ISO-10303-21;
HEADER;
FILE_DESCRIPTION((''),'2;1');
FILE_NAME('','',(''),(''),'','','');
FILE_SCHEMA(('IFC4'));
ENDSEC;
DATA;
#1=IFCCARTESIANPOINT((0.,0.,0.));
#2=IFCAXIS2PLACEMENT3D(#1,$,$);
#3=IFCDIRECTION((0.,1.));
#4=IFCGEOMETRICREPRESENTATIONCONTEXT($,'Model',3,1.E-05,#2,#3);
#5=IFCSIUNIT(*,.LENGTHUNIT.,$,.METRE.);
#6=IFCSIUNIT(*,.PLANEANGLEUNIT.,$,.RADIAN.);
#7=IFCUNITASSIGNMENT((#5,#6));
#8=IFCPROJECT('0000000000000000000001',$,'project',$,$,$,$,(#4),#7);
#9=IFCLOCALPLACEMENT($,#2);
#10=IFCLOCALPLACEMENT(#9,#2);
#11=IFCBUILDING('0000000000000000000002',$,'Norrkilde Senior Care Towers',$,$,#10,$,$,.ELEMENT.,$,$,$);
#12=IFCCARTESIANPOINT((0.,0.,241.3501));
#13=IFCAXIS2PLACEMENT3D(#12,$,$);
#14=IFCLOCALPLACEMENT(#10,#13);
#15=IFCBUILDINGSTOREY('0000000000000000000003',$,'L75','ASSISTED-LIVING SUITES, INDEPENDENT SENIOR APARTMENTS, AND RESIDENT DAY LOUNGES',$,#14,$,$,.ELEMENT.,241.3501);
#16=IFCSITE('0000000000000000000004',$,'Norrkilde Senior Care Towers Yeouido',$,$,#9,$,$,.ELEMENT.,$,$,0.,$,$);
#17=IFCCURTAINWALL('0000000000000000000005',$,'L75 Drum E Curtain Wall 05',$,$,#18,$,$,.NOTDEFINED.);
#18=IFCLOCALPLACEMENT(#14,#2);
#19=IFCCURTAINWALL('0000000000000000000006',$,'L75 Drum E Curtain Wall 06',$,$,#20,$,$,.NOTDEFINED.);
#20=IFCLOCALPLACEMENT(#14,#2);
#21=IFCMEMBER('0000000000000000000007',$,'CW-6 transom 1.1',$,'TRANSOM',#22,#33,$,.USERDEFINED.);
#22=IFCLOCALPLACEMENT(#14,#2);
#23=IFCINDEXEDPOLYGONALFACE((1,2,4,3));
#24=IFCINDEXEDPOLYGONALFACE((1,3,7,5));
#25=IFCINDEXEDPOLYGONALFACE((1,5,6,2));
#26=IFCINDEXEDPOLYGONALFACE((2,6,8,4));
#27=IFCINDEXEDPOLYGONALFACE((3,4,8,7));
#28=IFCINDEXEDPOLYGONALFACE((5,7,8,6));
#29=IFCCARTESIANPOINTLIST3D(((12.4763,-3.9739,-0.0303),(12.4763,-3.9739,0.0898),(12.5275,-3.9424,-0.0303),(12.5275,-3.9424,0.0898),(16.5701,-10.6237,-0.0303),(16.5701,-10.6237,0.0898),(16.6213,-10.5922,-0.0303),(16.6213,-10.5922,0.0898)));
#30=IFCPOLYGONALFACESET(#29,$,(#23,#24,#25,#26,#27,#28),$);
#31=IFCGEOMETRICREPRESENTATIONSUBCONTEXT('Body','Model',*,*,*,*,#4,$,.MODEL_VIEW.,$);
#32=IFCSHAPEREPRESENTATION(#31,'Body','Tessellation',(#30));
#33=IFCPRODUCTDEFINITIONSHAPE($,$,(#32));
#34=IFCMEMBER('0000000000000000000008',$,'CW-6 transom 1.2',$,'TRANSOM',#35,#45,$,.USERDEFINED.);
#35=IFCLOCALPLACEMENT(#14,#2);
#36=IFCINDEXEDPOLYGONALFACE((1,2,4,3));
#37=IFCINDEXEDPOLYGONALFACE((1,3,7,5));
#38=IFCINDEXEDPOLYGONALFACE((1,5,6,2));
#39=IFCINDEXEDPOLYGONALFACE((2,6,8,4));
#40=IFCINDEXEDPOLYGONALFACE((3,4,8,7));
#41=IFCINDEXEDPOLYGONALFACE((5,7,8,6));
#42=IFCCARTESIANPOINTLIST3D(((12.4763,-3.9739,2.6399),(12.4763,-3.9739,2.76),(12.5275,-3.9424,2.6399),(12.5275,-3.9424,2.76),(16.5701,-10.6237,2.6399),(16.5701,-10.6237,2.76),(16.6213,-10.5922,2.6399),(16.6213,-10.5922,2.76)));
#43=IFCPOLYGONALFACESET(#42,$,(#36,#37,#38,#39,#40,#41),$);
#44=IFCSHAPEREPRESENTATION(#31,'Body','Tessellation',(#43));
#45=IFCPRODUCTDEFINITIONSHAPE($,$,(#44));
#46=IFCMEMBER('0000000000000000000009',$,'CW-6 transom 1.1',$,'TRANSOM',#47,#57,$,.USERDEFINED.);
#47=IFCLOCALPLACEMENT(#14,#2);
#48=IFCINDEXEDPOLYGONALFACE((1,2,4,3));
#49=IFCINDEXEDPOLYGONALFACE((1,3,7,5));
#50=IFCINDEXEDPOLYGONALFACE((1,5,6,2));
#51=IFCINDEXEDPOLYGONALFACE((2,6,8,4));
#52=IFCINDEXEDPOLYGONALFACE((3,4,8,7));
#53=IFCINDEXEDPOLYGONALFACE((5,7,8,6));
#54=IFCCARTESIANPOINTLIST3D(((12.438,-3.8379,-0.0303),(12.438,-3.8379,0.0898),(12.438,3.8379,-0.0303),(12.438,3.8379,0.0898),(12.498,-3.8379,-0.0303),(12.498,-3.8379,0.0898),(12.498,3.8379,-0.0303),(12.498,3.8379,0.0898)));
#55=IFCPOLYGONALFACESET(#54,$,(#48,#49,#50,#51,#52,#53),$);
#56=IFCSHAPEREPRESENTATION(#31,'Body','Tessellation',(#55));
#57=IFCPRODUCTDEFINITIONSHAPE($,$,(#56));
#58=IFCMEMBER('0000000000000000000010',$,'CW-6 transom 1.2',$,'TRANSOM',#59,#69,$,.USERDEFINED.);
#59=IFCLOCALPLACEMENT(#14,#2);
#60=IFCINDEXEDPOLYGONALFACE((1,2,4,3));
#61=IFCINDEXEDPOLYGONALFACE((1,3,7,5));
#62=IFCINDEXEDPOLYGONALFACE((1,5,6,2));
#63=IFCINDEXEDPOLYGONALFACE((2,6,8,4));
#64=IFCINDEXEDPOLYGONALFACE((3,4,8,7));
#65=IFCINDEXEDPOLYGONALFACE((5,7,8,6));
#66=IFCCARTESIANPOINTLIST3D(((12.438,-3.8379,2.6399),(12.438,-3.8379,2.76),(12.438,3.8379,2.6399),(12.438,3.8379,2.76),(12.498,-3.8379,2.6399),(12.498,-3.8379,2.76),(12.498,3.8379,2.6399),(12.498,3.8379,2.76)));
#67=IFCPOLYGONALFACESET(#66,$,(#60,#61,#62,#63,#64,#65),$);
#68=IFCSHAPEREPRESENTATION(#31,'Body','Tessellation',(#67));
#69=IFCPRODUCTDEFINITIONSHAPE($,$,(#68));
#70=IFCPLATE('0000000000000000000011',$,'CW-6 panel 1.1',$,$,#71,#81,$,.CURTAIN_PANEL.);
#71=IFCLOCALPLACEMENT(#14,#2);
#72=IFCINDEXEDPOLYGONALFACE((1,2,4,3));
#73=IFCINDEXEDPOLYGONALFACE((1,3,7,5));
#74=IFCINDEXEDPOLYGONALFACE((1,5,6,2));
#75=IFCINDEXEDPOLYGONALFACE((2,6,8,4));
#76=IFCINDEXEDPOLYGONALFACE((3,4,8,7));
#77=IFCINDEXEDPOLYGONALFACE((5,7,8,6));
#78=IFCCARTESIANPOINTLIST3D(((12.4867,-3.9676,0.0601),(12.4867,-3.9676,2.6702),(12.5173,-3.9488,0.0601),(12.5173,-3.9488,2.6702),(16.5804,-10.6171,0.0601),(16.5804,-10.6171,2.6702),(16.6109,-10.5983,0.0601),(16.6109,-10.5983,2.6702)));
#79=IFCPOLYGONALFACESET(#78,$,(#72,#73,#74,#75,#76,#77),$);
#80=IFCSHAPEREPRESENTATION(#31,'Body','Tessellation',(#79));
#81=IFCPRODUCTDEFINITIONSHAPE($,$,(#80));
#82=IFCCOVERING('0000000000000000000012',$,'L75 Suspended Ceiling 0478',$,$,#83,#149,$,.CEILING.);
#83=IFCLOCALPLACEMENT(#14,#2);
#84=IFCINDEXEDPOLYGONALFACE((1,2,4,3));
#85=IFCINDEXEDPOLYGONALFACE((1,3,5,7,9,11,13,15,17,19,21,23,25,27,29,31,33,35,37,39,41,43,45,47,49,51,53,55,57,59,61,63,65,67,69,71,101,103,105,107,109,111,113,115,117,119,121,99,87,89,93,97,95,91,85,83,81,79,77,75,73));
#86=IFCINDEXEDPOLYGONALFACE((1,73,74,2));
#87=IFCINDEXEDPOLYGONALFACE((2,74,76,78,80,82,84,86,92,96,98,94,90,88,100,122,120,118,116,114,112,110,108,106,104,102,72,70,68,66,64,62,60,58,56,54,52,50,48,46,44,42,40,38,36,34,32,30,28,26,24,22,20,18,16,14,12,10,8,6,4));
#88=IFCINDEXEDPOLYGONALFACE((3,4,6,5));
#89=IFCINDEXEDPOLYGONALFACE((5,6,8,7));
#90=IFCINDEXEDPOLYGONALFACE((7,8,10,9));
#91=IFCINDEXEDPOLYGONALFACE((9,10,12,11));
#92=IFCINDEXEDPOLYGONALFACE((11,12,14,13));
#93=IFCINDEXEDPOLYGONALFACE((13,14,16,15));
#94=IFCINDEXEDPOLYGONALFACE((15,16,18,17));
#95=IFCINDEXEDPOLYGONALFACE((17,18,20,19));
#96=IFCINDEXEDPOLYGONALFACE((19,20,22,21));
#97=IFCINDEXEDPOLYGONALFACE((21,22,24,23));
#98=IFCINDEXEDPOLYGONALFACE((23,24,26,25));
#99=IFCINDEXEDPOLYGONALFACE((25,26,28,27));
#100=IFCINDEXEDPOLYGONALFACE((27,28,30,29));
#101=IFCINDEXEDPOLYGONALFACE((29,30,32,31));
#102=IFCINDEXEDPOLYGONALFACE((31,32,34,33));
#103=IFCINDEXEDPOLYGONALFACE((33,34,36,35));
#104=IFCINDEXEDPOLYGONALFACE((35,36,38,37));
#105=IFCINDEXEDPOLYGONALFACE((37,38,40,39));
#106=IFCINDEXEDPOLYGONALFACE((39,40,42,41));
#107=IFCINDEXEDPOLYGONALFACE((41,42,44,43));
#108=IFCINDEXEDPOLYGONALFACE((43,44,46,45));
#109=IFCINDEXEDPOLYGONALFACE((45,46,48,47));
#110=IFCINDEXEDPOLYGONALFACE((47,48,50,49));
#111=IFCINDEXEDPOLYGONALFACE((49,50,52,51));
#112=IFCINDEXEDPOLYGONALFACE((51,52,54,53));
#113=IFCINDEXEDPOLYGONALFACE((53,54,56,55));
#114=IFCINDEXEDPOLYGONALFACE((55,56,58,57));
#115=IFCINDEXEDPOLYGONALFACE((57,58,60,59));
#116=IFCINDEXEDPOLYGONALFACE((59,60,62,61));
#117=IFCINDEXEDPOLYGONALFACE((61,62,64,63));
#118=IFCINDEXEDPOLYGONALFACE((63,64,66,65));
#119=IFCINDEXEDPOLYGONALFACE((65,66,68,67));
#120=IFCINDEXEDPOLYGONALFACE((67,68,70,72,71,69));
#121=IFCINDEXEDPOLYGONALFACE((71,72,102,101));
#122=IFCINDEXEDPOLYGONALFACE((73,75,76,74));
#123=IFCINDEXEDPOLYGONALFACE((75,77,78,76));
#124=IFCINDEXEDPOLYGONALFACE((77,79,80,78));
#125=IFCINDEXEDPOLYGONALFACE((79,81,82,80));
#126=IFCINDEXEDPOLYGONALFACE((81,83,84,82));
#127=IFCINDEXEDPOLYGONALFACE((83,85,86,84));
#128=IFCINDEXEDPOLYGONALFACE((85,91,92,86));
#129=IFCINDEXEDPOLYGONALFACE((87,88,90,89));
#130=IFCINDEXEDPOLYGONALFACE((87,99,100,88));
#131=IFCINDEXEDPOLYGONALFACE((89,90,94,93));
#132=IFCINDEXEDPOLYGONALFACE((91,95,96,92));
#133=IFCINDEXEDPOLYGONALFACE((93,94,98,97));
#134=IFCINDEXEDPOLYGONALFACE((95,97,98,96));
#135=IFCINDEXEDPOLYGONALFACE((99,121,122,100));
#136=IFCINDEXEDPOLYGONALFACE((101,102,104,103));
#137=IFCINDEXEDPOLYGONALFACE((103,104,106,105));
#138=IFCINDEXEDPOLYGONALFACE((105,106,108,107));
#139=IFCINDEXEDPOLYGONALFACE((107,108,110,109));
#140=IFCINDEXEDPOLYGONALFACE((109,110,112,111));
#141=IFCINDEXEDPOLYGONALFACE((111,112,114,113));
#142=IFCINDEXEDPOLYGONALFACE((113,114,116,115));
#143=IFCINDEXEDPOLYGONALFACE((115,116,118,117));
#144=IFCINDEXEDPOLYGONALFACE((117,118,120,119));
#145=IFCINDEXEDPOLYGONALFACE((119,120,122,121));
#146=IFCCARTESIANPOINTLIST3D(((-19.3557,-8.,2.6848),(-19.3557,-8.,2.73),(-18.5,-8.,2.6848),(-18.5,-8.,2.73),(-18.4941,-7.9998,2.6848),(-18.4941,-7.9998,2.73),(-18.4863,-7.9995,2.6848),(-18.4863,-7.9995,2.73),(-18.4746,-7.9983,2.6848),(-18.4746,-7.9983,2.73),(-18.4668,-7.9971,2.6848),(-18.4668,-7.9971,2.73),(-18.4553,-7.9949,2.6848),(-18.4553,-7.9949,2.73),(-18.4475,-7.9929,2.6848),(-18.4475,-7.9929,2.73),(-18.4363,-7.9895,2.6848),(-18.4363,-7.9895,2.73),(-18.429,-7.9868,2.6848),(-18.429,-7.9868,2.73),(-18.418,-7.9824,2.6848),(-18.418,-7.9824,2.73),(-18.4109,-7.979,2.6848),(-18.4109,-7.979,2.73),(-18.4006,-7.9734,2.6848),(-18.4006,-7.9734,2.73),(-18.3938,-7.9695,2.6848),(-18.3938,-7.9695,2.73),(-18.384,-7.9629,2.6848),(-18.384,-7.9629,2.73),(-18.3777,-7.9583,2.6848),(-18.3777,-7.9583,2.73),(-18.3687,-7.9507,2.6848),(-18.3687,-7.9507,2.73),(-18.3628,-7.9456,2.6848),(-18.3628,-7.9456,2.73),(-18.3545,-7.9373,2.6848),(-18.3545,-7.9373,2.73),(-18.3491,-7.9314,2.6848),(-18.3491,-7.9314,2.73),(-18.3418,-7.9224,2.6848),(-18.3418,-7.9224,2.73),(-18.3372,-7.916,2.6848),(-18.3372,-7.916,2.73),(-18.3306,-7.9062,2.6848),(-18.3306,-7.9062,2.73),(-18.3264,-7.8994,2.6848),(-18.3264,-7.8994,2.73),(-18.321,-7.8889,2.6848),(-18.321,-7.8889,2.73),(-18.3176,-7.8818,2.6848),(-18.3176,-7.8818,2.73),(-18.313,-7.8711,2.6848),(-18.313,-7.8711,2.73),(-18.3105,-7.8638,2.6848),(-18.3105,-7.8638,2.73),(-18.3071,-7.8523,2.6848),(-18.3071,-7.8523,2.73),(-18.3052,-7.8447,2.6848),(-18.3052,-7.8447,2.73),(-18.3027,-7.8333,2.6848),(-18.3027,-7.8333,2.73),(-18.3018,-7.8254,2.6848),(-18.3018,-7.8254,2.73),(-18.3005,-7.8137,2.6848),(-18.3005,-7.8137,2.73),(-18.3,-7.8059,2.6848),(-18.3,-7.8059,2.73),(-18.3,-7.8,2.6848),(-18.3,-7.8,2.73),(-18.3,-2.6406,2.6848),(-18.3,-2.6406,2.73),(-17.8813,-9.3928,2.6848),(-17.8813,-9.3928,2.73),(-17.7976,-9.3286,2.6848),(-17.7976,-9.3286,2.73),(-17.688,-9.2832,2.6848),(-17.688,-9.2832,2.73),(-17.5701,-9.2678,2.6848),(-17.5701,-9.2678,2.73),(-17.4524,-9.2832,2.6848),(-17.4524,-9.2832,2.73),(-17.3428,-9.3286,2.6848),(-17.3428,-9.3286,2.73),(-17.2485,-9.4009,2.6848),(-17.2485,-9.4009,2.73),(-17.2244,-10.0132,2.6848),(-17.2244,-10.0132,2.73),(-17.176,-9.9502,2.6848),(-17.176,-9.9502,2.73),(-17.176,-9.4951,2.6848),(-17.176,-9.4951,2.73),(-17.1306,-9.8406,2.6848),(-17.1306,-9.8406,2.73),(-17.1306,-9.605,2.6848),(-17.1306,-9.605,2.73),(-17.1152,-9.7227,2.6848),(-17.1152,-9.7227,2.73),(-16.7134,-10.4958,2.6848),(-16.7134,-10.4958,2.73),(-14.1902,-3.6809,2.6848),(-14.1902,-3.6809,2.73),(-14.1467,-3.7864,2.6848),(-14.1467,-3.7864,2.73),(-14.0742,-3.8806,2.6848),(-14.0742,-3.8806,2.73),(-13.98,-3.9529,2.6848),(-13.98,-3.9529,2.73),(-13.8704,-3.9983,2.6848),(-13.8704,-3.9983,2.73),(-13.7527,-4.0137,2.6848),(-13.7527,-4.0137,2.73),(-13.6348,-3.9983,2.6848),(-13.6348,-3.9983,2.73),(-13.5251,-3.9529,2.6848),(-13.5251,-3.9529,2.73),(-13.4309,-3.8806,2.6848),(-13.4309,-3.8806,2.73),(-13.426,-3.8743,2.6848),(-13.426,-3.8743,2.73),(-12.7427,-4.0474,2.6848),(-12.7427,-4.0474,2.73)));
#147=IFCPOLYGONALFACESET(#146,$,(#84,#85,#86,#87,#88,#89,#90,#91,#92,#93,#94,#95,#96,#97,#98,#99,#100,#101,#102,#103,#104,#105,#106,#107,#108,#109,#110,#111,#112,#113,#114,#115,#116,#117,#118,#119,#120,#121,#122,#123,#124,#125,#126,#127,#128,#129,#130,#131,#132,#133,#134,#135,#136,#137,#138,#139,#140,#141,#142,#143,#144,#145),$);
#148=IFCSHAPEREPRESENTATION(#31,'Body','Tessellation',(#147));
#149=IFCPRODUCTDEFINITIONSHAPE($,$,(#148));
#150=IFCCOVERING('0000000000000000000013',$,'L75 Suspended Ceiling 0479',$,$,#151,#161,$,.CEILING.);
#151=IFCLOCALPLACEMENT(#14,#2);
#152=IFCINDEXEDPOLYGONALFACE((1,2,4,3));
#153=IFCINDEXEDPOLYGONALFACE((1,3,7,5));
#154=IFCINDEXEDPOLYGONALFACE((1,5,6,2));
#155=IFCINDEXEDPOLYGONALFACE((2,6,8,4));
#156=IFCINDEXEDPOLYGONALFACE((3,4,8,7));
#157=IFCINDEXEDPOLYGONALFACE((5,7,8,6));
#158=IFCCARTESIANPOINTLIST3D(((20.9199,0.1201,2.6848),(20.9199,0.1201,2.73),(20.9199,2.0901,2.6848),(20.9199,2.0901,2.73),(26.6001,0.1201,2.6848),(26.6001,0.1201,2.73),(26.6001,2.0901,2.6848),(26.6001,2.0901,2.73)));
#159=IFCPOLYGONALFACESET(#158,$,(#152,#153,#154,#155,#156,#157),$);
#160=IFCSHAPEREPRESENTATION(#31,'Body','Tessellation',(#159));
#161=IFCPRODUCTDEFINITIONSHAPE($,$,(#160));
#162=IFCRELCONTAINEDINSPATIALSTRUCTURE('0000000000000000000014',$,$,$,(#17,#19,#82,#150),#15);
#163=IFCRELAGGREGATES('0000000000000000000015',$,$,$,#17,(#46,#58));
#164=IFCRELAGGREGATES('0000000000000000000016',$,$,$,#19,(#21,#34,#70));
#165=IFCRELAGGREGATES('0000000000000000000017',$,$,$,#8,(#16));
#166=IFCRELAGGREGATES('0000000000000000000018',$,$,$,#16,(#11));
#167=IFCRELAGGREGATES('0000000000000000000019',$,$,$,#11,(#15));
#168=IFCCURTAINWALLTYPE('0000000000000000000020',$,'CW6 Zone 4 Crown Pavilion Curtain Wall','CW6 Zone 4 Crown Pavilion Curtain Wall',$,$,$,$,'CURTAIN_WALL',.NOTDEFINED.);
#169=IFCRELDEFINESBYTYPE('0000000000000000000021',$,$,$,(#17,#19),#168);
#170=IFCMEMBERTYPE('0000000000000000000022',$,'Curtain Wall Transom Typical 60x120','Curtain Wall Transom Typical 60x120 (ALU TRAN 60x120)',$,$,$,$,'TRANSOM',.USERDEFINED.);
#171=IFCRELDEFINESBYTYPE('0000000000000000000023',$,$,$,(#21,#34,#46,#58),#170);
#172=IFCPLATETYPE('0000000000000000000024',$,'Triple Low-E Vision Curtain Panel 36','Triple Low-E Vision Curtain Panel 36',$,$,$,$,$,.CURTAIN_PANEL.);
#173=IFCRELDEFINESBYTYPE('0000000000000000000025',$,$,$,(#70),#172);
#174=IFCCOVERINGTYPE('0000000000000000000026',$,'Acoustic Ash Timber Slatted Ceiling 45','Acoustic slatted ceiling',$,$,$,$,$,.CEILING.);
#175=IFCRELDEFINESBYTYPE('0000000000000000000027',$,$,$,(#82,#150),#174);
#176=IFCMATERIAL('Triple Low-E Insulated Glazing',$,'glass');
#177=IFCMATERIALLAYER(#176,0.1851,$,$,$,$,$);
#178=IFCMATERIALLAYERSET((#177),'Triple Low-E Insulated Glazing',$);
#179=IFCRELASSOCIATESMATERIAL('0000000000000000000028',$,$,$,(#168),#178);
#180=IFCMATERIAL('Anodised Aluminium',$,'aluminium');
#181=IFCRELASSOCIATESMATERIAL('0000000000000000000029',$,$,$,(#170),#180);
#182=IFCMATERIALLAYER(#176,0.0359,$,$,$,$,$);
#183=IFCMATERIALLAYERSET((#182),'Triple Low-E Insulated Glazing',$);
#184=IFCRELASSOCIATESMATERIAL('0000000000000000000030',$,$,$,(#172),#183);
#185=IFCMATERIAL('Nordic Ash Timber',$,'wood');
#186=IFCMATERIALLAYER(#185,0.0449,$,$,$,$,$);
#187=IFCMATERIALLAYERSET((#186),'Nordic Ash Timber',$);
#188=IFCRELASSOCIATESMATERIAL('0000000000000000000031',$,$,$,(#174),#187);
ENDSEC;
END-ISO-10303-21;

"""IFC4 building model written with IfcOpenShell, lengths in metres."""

from ifc_helpers import new_model, si_unit, direction, frame, origin, origin_2d, place, context, subcontext, project, spatial, polyline, rectangle, outline, extrude, source, transform, mapped, material, layer, layer_set, material_profile, profile_set, type_object, type_shapes, element, aggregate, save


model = new_model("IFC4")

# Units and contexts
model_context = context("Model", 3, precision=1e-05, world=origin(), true_north=direction((0.0, 1.0)))
body_context = subcontext(model_context, "Body", "Model", "MODEL_VIEW")
ifc_project = project(units=[si_unit("LENGTHUNIT", "METRE"), si_unit("PLANEANGLEUNIT", "RADIAN")], contexts=[model_context])

# Site, building, storey
site_placement = place(None, origin())
site = spatial("IfcSite", under=ifc_project, at=site_placement, Name="Norrkilde Senior Care Towers Yeouido", CompositionType="ELEMENT", RefElevation=0.0)
building_placement = place(site_placement, origin())
building = spatial("IfcBuilding", under=site, at=building_placement, Name="Norrkilde Senior Care Towers", CompositionType="ELEMENT")
storey_placement = place(building_placement, frame((0.0, 0.0, 241.3501)))
storey = spatial("IfcBuildingStorey", under=building, at=storey_placement, Name="L75", Description="ASSISTED-LIVING SUITES, INDEPENDENT SENIOR APARTMENTS, AND RESIDENT DAY LOUNGES", CompositionType="ELEMENT", Elevation=241.3501)

# Curtain wall
ifc_material_1 = material(Name="Triple Low-E Insulated Glazing", Category="glass")
ifc_layer_1 = layer(ifc_material_1, 0.1851)
ifc_layer_set_1 = layer_set([ifc_layer_1], Name="Triple Low-E Insulated Glazing")
curtain_wall_type = type_object("IfcCurtainWallType", Name="CW6 Zone 4 Crown Pavilion Curtain Wall", Description="CW6 Zone 4 Crown Pavilion Curtain Wall", ElementType="CURTAIN_WALL", PredefinedType="NOTDEFINED", material=ifc_layer_set_1)
curtain_wall_1_placement = place(storey_placement, origin())
curtain_wall_1 = element("IfcCurtainWall", 1, at=curtain_wall_1_placement, inside=storey, type_object=curtain_wall_type, Name="L75 Drum E Curtain Wall 05", PredefinedType="NOTDEFINED")
ifc_material_2 = material(Name="Anodised Aluminium", Category="aluminium")

# Curtain wall, members
curtain_wall_2_placement = place(storey_placement, origin())
curtain_wall_2 = element("IfcCurtainWall", 2, at=curtain_wall_2_placement, inside=storey, type_object=curtain_wall_type, Name="L75 Drum E Curtain Wall 06", PredefinedType="NOTDEFINED")
ifc_material_profile_1 = material_profile(ifc_material_2, rectangle(XDim=0.0601, YDim=0.1201, at=origin_2d()), Name="ALU TRAN 60x120")
ifc_profile_set_1 = profile_set([ifc_material_profile_1], Name="Anodised Aluminium")
member_type_1 = type_object("IfcMemberType", Name="Curtain Wall Transom Typical 60x120", Description="Curtain Wall Transom Typical 60x120 (ALU TRAN 60x120)", ElementType="TRANSOM", PredefinedType="USERDEFINED", material=ifc_profile_set_1)
shared_shape_1 = source(origin(), body_context, "Body", "SweptSolid", [
    extrude(rectangle(XDim=0.0601, YDim=0.1201, at=origin_2d()), origin(), (0.0, 0.0, 1.0), 7.8088),
])
member_1_placement = place(storey_placement, frame((16.5957, -10.6079, 0.0298), z_axis=(-0.524251, 0.851564, 0.0), x_axis=(-0.851564, -0.524251, 0.0)))
member_1 = element("IfcMember", 3, at=member_1_placement, type_object=member_type_1, Name="CW-6 transom 1.1", ObjectType="TRANSOM", PredefinedType="USERDEFINED", context=body_context, shape_type="MappedRepresentation", body=[
    mapped(shared_shape_1, transform((0.0, 0.0, 0.0), x_axis=(1.0, 0.0, 0.0), y_axis=(0.0, 1.0, 0.0), z_axis=(0.0, 0.0, 1.0), scale=1.0)),
])
member_2_placement = place(storey_placement, frame((16.5957, -10.6079, 2.7), z_axis=(-0.524251, 0.851564, 0.0), x_axis=(-0.851564, -0.524251, 0.0)))
member_2 = element("IfcMember", 4, at=member_2_placement, type_object=member_type_1, Name="CW-6 transom 1.2", ObjectType="TRANSOM", PredefinedType="USERDEFINED", context=body_context, shape_type="MappedRepresentation", body=[
    mapped(shared_shape_1, transform((0.0, 0.0, 0.0), x_axis=(1.0, 0.0, 0.0), y_axis=(0.0, 1.0, 0.0), z_axis=(0.0, 0.0, 1.0), scale=1.0)),
])

# Members
shared_shape_2 = source(origin(), body_context, "Body", "SweptSolid", [
    extrude(rectangle(XDim=0.0601, YDim=0.1201, at=origin_2d()), origin(), (0.0, 0.0, 1.0), 7.6758),
])
type_shapes(member_type_1, [shared_shape_1, shared_shape_2])
member_3_placement = place(storey_placement, frame((12.468, -3.8379, 0.0298), z_axis=(0.0, 1.0, 0.0), x_axis=(-1.0, 0.0, 0.0)))
member_3 = element("IfcMember", 5, at=member_3_placement, type_object=member_type_1, Name="CW-6 transom 1.1", ObjectType="TRANSOM", PredefinedType="USERDEFINED", context=body_context, shape_type="MappedRepresentation", body=[
    mapped(shared_shape_2, transform((0.0, 0.0, 0.0), x_axis=(1.0, 0.0, 0.0), y_axis=(0.0, 1.0, 0.0), z_axis=(0.0, 0.0, 1.0), scale=1.0)),
])
member_4_placement = place(storey_placement, frame((12.468, -3.8379, 2.7), z_axis=(0.0, 1.0, 0.0), x_axis=(-1.0, 0.0, 0.0)))
member_4 = element("IfcMember", 6, at=member_4_placement, type_object=member_type_1, Name="CW-6 transom 1.2", ObjectType="TRANSOM", PredefinedType="USERDEFINED", context=body_context, shape_type="MappedRepresentation", body=[
    mapped(shared_shape_2, transform((0.0, 0.0, 0.0), x_axis=(1.0, 0.0, 0.0), y_axis=(0.0, 1.0, 0.0), z_axis=(0.0, 0.0, 1.0), scale=1.0)),
])
aggregate(curtain_wall_1, [member_3, member_4])

# Plate
ifc_layer_2 = layer(ifc_material_1, 0.0359)
ifc_layer_set_2 = layer_set([ifc_layer_2], Name="Triple Low-E Insulated Glazing")
plate_type = type_object("IfcPlateType", Name="Triple Low-E Vision Curtain Panel 36", Description="Triple Low-E Vision Curtain Panel 36", PredefinedType="CURTAIN_PANEL", material=ifc_layer_set_2)
shared_shape_3 = source(origin(), body_context, "Body", "SweptSolid", [
    extrude(rectangle(XDim=7.8086, YDim=0.0359, at=origin_2d()), origin(), (0.0, 0.0, 1.0), 2.6101),
])
type_shapes(plate_type, [shared_shape_3])
plate_placement = place(storey_placement, frame((14.5488, -7.283, 0.0601), z_axis=(0.0, 0.0, 1.0), x_axis=(-0.524253, 0.851563, 0.0)))
plate = element("IfcPlate", 7, at=plate_placement, type_object=plate_type, Name="CW-6 panel 1.1", PredefinedType="CURTAIN_PANEL", context=body_context, shape_type="MappedRepresentation", body=[
    mapped(shared_shape_3, transform((0.0, 0.0, 0.0), x_axis=(1.0, 0.0, 0.0), y_axis=(0.0, 1.0, 0.0), z_axis=(0.0, 0.0, 1.0), scale=1.0)),
])
aggregate(curtain_wall_2, [member_1, member_2, plate])

# Coverings
ifc_material_3 = material(Name="Nordic Ash Timber", Category="wood")
ifc_layer_3 = layer(ifc_material_3, 0.0449)
ifc_layer_set_3 = layer_set([ifc_layer_3], Name="Nordic Ash Timber")
covering_type_1 = type_object("IfcCoveringType", Name="Acoustic Ash Timber Slatted Ceiling 45", Description="Acoustic slatted ceiling", PredefinedType="CEILING", material=ifc_layer_set_3)
covering_1_placement = place(storey_placement, frame((0.0, 0.0, 2.6848)))
element("IfcCovering", 8, at=covering_1_placement, inside=storey, type_object=covering_type_1, Name="L75 Suspended Ceiling 0478", PredefinedType="CEILING", context=body_context, shape_type="SweptSolid", body=[
    extrude(outline(polyline([(-18.4475, -7.9929), (-18.4363, -7.9895), (-18.429, -7.9868), (-18.418, -7.9824), (-18.4109, -7.979), (-18.4006, -7.9734), (-18.3938, -7.9695), (-18.384, -7.9629), (-18.3777, -7.9583), (-18.3687, -7.9507), (-18.3628, -7.9456), (-18.3545, -7.9373), (-18.3491, -7.9314), (-18.3418, -7.9224), (-18.3372, -7.916), (-18.3306, -7.9062), (-18.3264, -7.8994), (-18.321, -7.8889), (-18.3176, -7.8818), (-18.313, -7.8711), (-18.3105, -7.8638), (-18.3071, -7.8523), (-18.3052, -7.8447), (-18.3027, -7.8333), (-18.3018, -7.8254), (-18.3005, -7.8137), (-18.3, -7.8059), (-18.3, -7.8), (-18.3, -2.6406), (-14.1902, -3.6809), (-14.1467, -3.7864), (-14.0742, -3.8806), (-13.98, -3.9529), (-13.8704, -3.9983), (-13.7527, -4.0137), (-13.6348, -3.9983), (-13.5251, -3.9529), (-13.4309, -3.8806), (-13.426, -3.8743), (-12.7427, -4.0474), (-16.7134, -10.4958), (-17.2244, -10.0132), (-17.176, -9.9502), (-17.1306, -9.8406), (-17.1152, -9.7227), (-17.1306, -9.605), (-17.176, -9.4951), (-17.2485, -9.4009), (-17.3428, -9.3286), (-17.4524, -9.2832), (-17.5701, -9.2678), (-17.688, -9.2832), (-17.7976, -9.3286), (-17.8813, -9.3928), (-19.3557, -8.0), (-18.5, -8.0), (-18.4941, -7.9998), (-18.4863, -7.9995), (-18.4746, -7.9983), (-18.4668, -7.9971), (-18.4553, -7.9949), (-18.4475, -7.9929)])), origin(), (0.0, 0.0, 1.0), 0.0452),
])
covering_2_placement = place(storey_placement, frame((0.0, 0.0, 2.6848)))
element("IfcCovering", 9, at=covering_2_placement, inside=storey, type_object=covering_type_1, Name="L75 Suspended Ceiling 0479", PredefinedType="CEILING", context=body_context, shape_type="SweptSolid", body=[
    extrude(outline(polyline([(20.9199, 0.1201), (20.9199, 2.0901), (26.6001, 2.0901), (26.6001, 0.1201), (20.9199, 0.1201)])), origin(), (0.0, 0.0, 1.0), 0.0452),
])

save(model, "model.ifc")
